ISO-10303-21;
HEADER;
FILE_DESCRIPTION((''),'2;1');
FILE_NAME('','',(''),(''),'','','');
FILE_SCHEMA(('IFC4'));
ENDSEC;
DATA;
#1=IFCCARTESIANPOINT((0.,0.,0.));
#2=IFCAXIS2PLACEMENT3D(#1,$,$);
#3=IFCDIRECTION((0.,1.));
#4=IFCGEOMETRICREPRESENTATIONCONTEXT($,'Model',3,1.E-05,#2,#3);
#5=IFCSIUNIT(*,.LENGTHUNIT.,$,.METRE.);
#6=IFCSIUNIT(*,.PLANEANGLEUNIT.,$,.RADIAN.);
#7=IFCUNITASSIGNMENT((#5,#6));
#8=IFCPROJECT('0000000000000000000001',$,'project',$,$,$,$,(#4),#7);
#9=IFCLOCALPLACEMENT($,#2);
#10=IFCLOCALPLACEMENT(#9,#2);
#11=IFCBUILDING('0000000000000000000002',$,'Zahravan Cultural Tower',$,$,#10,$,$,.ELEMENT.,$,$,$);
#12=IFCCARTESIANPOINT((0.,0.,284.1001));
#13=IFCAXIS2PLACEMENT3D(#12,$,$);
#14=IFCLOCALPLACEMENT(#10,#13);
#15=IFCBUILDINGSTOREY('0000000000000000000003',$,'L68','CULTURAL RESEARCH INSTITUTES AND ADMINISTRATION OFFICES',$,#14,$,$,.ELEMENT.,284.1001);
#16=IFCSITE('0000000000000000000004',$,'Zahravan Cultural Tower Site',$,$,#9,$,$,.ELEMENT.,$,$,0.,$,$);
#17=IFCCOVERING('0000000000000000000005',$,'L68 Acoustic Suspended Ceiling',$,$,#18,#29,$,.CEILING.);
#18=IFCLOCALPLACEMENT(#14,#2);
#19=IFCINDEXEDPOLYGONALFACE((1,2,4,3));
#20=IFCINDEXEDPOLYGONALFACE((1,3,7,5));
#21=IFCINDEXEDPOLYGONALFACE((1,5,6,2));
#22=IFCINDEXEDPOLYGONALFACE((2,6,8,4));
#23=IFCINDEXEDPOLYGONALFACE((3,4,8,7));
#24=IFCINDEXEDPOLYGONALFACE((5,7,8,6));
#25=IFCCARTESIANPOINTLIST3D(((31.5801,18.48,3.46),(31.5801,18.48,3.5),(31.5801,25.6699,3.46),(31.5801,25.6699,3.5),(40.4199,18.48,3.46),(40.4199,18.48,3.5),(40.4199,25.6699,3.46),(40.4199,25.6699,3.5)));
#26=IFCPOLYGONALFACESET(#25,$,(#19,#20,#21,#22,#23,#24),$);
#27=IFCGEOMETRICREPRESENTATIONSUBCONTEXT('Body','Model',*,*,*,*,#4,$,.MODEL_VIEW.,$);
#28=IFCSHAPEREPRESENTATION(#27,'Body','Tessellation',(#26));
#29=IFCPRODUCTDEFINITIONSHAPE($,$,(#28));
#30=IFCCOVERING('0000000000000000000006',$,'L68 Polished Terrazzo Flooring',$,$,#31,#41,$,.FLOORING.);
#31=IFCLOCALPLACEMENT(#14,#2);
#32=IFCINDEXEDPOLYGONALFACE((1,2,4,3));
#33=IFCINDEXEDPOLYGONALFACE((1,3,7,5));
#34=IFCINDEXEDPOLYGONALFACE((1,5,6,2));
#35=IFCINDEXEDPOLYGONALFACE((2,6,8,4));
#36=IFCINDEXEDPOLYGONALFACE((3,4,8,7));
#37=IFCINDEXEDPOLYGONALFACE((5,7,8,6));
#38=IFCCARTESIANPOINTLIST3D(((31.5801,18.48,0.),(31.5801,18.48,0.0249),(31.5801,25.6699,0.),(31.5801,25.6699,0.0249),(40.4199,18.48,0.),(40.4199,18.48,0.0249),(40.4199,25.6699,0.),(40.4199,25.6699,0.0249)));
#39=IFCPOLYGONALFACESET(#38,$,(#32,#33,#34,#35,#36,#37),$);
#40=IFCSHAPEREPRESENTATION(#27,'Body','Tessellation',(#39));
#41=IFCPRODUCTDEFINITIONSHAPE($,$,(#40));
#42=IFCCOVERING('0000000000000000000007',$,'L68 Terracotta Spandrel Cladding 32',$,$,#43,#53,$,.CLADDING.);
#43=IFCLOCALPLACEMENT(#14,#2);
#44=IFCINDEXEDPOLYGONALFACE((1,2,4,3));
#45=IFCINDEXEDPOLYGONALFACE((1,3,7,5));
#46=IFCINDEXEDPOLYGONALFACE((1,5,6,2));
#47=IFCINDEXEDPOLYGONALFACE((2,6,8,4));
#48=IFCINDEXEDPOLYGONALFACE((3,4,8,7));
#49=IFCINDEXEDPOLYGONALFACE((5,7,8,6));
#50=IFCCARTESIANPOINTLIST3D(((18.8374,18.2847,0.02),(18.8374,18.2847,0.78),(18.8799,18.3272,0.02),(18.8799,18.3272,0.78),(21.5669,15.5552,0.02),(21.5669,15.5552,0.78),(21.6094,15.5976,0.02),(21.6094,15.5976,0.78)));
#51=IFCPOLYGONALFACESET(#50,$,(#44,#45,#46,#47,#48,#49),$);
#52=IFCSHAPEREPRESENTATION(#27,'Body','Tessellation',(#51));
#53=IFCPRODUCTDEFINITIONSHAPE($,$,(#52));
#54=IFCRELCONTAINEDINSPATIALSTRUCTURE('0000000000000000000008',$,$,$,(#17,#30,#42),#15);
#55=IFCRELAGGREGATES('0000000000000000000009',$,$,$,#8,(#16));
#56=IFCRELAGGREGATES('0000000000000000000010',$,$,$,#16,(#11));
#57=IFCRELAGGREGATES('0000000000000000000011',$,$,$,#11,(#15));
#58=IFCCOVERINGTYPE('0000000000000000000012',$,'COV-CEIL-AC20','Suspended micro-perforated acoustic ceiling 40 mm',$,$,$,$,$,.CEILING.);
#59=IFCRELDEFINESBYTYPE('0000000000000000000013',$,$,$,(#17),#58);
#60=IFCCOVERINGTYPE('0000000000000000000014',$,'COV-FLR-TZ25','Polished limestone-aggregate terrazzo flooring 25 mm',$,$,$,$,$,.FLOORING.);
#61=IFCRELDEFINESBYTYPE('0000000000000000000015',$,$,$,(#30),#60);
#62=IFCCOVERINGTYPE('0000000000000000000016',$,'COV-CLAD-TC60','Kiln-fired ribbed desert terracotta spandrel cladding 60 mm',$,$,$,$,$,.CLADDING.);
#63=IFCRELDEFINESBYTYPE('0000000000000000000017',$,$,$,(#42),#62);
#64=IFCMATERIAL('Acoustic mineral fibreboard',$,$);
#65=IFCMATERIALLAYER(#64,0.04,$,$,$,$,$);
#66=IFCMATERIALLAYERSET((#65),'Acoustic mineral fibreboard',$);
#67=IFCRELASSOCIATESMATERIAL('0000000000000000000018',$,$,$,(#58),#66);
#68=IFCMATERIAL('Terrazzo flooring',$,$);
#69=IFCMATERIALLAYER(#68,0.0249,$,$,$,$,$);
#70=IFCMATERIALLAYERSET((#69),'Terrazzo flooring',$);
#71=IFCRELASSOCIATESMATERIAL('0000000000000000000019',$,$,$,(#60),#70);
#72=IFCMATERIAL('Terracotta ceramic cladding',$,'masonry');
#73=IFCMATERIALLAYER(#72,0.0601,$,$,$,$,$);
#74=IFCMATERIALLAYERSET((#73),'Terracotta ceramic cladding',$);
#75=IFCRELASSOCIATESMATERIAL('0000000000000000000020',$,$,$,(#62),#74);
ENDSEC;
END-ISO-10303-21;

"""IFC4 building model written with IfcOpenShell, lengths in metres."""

from ifc_helpers import new_model, si_unit, direction, frame, origin, origin_2d, place, context, subcontext, project, spatial, polyline, rectangle, outline, extrude, source, transform, mapped, material, layer, layer_set, type_object, element, save


model = new_model("IFC4")

# Units and contexts
model_context = context("Model", 3, precision=1e-05, world=origin(), true_north=direction((0.0, 1.0)))
body_context = subcontext(model_context, "Body", "Model", "MODEL_VIEW")
ifc_project = project(units=[si_unit("LENGTHUNIT", "METRE"), si_unit("PLANEANGLEUNIT", "RADIAN")], contexts=[model_context])

# Site, building, storey
site_placement = place(None, origin())
site = spatial("IfcSite", under=ifc_project, at=site_placement, Name="Zahravan Cultural Tower Site", CompositionType="ELEMENT", RefElevation=0.0)
building_placement = place(site_placement, origin())
building = spatial("IfcBuilding", under=site, at=building_placement, Name="Zahravan Cultural Tower", CompositionType="ELEMENT")
storey_placement = place(building_placement, frame((0.0, 0.0, 284.1001)))
storey = spatial("IfcBuildingStorey", under=building, at=storey_placement, Name="L68", Description="CULTURAL RESEARCH INSTITUTES AND ADMINISTRATION OFFICES", CompositionType="ELEMENT", Elevation=284.1001)

# Coverings
ifc_material_1 = material(Name="Acoustic mineral fibreboard")
ifc_layer_1 = layer(ifc_material_1, 0.04)
ifc_layer_set_1 = layer_set([ifc_layer_1], Name="Acoustic mineral fibreboard")
covering_type_1 = type_object("IfcCoveringType", Name="COV-CEIL-AC20", Description="Suspended micro-perforated acoustic ceiling 40 mm", PredefinedType="CEILING", material=ifc_layer_set_1)
covering_1_placement = place(storey_placement, frame((0.0, 0.0, 3.46)))
element("IfcCovering", 1, at=covering_1_placement, inside=storey, type_object=covering_type_1, Name="L68 Acoustic Suspended Ceiling", PredefinedType="CEILING", context=body_context, shape_type="SweptSolid", body=[
    extrude(outline(polyline([(40.4199, 25.6699), (31.5801, 25.6699), (31.5801, 18.48), (40.4199, 18.48), (40.4199, 25.6699)])), origin(), (0.0, 0.0, 1.0), 0.04),
])
ifc_material_2 = material(Name="Terrazzo flooring")
ifc_layer_2 = layer(ifc_material_2, 0.0249)
ifc_layer_set_2 = layer_set([ifc_layer_2], Name="Terrazzo flooring")
covering_type_2 = type_object("IfcCoveringType", Name="COV-FLR-TZ25", Description="Polished limestone-aggregate terrazzo flooring 25 mm", PredefinedType="FLOORING", material=ifc_layer_set_2)
covering_2_placement = place(storey_placement, origin())
element("IfcCovering", 2, at=covering_2_placement, inside=storey, type_object=covering_type_2, Name="L68 Polished Terrazzo Flooring", PredefinedType="FLOORING", context=body_context, shape_type="SweptSolid", body=[
    extrude(outline(polyline([(40.4199, 25.6699), (31.5801, 25.6699), (31.5801, 18.48), (40.4199, 18.48), (40.4199, 25.6699)])), origin(), (0.0, 0.0, 1.0), 0.0249),
])
ifc_material_3 = material(Name="Terracotta ceramic cladding", Category="masonry")
ifc_layer_3 = layer(ifc_material_3, 0.0601)
ifc_layer_set_3 = layer_set([ifc_layer_3], Name="Terracotta ceramic cladding")
covering_type_3 = type_object("IfcCoveringType", Name="COV-CLAD-TC60", Description="Kiln-fired ribbed desert terracotta spandrel cladding 60 mm", PredefinedType="CLADDING", material=ifc_layer_set_3)
shared_shape_1 = source(origin(), body_context, "Body", "SweptSolid", [
    extrude(rectangle(XDim=3.8601, YDim=0.0601, at=origin_2d()), origin(), (0.0, 0.0, 1.0), 0.76),
])
covering_3_placement = place(storey_placement, frame((20.2234, 16.9412, 0.02), z_axis=(0.0, 0.0, 1.0), x_axis=(-0.707107, 0.707107, 0.0)))
element("IfcCovering", 3, at=covering_3_placement, inside=storey, type_object=covering_type_3, Name="L68 Terracotta Spandrel Cladding 32", PredefinedType="CLADDING", context=body_context, shape_type="MappedRepresentation", body=[
    mapped(shared_shape_1, transform((0.0, 0.0, 0.0), x_axis=(1.0, 0.0, 0.0), y_axis=(0.0, 1.0, 0.0), z_axis=(0.0, 0.0, 1.0), scale=1.0)),
])

save(model, "model.ifc")
